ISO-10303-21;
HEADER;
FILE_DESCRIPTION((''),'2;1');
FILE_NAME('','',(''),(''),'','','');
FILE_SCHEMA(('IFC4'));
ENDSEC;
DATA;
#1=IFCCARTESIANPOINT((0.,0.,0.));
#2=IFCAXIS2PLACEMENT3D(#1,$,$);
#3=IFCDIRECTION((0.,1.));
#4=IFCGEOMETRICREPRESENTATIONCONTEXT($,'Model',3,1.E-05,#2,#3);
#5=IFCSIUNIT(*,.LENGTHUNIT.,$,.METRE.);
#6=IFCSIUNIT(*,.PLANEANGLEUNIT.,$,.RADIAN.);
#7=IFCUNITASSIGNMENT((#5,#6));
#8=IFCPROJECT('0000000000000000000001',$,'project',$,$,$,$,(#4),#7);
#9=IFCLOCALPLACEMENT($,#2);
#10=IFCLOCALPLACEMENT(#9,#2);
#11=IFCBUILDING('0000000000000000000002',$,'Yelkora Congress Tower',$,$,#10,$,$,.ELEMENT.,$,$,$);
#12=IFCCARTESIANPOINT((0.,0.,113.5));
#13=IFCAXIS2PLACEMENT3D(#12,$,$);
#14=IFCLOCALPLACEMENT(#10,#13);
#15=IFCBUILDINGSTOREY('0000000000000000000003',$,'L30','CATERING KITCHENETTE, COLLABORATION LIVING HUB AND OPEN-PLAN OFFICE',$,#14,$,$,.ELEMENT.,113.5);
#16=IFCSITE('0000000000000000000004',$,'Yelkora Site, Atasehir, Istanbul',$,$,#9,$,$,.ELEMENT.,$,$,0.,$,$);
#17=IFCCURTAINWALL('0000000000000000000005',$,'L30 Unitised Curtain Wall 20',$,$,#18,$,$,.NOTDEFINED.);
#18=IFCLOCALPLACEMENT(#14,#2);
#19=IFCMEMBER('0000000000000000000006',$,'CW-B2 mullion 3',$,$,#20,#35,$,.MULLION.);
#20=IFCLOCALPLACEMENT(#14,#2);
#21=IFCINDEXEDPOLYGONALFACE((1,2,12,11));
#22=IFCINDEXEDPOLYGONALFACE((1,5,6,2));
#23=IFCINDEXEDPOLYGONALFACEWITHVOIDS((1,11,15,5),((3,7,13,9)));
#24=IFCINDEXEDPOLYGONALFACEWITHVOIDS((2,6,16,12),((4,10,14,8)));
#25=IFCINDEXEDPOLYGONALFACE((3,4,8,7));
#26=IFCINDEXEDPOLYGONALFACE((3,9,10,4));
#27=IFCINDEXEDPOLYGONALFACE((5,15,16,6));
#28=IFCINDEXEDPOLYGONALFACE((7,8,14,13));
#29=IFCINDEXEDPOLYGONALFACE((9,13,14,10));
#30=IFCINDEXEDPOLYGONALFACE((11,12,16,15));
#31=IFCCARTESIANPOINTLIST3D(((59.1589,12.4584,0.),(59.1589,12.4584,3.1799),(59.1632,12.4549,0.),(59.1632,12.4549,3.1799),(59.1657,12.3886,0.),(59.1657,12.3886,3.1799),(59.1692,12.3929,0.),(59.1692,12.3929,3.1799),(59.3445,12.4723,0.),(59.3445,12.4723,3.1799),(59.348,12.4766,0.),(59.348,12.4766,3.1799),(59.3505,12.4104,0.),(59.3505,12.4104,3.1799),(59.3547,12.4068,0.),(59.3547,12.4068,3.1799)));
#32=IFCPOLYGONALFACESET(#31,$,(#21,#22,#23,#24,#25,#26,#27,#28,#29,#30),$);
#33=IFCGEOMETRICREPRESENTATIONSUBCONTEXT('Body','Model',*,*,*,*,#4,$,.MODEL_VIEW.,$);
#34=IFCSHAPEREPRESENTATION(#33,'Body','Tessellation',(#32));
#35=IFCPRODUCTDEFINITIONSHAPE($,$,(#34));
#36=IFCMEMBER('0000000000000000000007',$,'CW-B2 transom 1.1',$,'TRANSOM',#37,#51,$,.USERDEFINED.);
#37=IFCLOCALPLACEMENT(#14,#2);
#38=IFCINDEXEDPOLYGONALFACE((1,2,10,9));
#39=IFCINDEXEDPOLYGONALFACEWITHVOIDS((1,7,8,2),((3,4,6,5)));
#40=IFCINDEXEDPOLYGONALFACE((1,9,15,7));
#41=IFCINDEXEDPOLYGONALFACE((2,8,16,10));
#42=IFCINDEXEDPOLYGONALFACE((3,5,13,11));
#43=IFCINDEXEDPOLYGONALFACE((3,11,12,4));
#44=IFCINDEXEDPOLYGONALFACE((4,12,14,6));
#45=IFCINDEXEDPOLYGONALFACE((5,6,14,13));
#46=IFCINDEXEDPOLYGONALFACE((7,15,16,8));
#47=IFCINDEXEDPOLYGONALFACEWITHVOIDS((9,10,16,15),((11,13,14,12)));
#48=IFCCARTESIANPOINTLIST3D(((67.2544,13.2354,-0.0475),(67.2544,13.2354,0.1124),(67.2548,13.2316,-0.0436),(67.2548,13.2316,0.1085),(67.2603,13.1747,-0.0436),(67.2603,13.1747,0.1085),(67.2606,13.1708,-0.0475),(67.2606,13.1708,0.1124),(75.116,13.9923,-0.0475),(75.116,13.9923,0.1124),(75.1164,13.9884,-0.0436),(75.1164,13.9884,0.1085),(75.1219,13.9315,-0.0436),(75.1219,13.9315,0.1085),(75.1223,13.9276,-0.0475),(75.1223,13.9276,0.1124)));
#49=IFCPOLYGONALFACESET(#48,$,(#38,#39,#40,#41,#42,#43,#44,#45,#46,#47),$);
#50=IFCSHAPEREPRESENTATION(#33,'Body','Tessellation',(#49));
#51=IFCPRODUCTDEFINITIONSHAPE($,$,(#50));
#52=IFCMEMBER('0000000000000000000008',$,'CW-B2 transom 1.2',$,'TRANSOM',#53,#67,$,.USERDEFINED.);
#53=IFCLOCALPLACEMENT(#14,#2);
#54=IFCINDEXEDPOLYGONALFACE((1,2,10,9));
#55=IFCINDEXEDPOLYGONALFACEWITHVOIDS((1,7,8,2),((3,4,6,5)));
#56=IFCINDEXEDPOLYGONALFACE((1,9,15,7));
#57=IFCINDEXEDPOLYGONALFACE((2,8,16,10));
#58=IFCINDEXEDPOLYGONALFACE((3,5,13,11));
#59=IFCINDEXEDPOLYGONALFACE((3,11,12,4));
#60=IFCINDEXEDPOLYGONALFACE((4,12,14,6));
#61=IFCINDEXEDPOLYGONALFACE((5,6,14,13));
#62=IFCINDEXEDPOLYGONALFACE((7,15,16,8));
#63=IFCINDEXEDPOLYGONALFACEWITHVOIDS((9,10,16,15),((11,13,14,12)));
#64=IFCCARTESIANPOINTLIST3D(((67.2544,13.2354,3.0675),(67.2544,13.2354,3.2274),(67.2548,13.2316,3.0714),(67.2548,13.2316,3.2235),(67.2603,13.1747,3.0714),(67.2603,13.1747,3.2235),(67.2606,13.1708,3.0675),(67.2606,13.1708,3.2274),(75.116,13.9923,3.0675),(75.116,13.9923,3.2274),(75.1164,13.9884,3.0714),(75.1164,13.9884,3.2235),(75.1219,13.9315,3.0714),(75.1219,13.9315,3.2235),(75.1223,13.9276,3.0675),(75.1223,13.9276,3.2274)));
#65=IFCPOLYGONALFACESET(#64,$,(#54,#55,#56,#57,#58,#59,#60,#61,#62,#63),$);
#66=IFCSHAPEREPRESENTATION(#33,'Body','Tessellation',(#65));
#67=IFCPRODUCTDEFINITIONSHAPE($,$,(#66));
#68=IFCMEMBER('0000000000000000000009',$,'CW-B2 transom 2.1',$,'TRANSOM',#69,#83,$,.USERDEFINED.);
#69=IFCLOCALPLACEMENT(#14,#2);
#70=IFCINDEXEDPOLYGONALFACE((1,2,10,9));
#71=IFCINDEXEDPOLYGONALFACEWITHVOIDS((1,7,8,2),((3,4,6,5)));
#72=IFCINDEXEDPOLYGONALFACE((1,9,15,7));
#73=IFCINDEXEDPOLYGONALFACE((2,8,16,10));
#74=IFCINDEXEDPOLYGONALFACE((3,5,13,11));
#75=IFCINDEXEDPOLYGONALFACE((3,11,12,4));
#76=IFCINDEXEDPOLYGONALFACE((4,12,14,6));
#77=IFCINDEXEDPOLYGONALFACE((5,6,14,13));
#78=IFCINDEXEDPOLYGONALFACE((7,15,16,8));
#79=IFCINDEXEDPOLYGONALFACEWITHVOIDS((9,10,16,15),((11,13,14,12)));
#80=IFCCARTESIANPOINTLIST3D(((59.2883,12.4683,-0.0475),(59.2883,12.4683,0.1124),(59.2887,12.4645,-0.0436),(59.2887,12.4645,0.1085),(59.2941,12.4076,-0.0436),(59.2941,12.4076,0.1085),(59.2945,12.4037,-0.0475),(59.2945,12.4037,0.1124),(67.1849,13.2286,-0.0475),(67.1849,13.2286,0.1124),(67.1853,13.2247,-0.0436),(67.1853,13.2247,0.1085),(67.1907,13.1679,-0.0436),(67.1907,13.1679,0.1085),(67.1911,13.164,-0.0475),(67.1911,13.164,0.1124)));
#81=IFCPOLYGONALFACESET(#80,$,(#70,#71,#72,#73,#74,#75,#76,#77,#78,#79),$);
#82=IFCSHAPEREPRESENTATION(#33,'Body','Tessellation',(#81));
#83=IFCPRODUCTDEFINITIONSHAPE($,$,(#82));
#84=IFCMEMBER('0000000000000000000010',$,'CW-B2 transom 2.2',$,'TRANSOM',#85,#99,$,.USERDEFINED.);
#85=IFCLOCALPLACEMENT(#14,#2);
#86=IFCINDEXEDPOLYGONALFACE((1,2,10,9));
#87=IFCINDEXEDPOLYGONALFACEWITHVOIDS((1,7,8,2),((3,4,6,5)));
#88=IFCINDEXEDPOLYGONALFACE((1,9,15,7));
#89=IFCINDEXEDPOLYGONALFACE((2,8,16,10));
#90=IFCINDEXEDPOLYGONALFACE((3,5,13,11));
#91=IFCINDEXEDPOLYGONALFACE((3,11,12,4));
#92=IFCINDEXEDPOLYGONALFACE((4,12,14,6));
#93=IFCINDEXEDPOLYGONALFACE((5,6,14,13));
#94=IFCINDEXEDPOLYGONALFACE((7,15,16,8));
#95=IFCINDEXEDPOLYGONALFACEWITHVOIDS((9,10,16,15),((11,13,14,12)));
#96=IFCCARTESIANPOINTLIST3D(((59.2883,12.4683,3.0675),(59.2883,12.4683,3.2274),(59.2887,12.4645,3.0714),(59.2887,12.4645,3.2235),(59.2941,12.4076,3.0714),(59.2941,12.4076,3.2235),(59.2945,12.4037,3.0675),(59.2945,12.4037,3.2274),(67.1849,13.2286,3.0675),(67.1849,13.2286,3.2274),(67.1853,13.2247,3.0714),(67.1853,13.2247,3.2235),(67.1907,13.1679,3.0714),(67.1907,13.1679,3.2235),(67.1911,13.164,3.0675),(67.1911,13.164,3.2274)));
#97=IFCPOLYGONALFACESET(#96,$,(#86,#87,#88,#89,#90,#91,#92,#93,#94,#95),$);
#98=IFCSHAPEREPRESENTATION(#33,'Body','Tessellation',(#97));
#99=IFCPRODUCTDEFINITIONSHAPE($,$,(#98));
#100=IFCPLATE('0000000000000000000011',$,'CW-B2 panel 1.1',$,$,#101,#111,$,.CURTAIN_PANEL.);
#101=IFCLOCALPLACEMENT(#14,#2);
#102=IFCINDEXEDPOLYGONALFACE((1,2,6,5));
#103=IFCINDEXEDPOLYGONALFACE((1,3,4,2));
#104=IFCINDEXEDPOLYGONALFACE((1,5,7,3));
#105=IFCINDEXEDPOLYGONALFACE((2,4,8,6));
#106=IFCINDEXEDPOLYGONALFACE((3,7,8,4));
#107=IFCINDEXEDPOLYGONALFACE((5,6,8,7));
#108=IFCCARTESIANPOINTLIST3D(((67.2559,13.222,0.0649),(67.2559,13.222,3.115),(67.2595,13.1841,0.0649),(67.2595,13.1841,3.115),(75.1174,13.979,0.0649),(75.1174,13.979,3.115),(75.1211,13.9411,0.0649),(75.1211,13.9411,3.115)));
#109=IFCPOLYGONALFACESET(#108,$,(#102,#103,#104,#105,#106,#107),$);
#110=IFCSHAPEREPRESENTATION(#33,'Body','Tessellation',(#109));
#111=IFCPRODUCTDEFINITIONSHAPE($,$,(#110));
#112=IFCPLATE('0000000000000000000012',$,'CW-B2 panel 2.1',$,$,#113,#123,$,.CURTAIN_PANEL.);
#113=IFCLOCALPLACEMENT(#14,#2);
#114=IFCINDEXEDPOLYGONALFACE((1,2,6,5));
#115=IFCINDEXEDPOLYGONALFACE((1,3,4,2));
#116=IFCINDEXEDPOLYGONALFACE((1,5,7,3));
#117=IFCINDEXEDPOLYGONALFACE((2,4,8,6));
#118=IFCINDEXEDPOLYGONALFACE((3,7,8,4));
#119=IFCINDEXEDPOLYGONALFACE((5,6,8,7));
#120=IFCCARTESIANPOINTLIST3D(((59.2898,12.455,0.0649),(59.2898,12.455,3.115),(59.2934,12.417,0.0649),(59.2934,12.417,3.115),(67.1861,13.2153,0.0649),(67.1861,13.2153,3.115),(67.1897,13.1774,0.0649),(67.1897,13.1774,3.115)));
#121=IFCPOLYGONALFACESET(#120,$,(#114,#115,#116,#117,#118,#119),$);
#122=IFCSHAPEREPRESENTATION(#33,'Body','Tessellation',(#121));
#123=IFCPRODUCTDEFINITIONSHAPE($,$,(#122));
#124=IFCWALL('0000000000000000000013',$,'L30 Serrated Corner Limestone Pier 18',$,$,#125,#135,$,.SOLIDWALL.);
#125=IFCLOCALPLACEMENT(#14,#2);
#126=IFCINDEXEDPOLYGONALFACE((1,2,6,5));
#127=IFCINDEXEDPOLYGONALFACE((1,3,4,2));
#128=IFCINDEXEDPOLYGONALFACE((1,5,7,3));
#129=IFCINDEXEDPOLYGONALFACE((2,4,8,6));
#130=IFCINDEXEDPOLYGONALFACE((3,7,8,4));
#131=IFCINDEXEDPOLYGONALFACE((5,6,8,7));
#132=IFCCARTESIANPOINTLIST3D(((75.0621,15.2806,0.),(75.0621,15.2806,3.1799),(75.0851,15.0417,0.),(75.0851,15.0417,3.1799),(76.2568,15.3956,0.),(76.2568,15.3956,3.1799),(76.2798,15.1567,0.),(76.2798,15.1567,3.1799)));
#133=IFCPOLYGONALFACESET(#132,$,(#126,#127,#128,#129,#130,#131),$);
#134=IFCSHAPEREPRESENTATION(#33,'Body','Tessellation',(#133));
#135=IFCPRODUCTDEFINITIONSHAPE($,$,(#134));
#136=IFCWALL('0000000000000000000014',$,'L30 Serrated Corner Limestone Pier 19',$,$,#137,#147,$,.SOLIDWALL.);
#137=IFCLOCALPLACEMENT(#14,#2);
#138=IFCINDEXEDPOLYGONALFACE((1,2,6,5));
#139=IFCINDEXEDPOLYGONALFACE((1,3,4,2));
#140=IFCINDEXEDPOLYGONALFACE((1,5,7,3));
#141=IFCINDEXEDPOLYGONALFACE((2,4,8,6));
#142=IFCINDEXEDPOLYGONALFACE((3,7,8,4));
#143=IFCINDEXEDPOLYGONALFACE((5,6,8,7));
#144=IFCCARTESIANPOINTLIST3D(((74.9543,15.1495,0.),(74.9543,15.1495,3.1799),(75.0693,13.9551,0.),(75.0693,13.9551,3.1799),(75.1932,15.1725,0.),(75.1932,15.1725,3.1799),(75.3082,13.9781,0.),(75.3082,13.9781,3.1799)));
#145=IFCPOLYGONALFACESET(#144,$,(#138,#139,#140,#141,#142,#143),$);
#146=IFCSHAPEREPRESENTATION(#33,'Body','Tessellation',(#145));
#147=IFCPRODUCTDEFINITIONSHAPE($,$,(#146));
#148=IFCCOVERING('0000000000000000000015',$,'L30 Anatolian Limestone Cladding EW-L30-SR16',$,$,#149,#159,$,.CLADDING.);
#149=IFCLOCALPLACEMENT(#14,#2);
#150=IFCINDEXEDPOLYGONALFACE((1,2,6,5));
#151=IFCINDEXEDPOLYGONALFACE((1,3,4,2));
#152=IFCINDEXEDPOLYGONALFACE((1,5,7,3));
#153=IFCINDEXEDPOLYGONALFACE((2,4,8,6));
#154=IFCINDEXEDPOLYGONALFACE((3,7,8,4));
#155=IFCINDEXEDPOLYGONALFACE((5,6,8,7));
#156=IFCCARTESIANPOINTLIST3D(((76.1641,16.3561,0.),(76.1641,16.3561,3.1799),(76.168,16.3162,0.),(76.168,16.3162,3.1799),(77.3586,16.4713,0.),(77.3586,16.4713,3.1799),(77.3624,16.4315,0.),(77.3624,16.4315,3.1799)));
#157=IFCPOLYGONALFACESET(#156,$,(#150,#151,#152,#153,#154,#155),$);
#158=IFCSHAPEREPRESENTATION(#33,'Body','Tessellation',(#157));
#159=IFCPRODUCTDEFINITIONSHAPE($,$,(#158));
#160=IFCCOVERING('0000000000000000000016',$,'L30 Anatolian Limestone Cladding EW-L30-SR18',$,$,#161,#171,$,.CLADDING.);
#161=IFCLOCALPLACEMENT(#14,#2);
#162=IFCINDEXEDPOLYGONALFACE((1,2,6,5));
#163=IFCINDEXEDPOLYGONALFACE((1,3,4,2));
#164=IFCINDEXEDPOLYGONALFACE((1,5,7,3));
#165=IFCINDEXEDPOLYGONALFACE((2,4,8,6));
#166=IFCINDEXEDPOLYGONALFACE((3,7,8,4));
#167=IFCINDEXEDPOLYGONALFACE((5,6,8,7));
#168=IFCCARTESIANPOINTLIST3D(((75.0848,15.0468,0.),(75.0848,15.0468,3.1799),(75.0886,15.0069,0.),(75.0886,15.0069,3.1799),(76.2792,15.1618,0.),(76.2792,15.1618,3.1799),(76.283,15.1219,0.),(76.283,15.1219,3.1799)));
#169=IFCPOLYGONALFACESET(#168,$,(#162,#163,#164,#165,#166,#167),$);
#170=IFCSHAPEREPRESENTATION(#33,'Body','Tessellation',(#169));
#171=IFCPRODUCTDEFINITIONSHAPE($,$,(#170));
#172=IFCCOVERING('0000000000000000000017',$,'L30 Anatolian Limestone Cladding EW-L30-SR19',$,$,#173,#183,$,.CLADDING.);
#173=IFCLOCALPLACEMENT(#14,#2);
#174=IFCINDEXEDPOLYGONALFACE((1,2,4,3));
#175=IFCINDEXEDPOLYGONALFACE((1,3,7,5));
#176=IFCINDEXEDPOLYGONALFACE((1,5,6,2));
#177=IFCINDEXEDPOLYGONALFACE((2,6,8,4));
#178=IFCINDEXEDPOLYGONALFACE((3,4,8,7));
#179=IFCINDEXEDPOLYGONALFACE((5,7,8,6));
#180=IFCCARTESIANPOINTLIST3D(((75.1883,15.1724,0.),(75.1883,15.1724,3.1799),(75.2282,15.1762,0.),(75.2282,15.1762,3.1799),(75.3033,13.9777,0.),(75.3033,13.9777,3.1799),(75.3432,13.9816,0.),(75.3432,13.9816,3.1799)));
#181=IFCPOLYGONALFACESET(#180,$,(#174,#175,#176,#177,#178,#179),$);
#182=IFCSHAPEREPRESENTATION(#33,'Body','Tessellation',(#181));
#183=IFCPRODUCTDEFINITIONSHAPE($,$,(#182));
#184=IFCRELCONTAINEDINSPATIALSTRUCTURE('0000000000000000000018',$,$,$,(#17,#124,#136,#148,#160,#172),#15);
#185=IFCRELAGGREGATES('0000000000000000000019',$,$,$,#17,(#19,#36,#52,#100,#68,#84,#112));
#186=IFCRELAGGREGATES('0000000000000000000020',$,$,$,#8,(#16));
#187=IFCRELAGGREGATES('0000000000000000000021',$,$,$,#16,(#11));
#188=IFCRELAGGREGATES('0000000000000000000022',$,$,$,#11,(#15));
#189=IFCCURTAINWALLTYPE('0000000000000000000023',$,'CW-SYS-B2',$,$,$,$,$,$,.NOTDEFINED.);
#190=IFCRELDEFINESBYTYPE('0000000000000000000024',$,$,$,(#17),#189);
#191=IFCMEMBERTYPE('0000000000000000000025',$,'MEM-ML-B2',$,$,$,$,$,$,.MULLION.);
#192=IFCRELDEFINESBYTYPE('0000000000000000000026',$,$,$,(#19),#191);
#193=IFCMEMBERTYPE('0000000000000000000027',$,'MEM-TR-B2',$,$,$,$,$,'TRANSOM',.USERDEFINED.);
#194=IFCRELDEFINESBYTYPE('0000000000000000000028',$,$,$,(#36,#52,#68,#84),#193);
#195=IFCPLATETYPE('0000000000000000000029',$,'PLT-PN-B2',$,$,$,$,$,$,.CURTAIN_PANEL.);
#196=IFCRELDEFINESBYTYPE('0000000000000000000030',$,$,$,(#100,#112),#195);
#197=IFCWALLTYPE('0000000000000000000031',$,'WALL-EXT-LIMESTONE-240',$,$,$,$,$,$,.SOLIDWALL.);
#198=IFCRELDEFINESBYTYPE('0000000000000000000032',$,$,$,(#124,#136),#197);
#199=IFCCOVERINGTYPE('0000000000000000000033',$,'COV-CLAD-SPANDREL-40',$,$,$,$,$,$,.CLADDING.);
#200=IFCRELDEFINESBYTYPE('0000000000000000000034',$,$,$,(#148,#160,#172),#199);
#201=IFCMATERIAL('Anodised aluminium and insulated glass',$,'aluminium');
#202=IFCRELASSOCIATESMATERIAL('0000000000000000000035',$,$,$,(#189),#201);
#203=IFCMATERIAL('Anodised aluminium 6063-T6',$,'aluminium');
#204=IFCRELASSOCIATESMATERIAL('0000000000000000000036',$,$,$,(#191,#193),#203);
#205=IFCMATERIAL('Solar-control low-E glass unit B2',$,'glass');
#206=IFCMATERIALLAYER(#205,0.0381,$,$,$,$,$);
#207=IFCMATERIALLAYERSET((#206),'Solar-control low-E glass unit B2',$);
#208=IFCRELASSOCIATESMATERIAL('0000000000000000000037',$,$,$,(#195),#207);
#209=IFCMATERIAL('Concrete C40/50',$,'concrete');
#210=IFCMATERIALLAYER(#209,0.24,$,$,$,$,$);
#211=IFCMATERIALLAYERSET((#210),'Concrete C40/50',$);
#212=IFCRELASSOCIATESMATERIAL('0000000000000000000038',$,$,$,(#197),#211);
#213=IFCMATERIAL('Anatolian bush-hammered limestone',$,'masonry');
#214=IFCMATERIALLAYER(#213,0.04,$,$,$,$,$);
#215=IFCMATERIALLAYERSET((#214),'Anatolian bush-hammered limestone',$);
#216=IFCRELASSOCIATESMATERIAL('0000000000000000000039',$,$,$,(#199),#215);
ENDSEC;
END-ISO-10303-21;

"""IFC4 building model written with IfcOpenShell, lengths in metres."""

from ifc_helpers import new_model, si_unit, direction, frame, frame_2d, origin, origin_2d, place, context, subcontext, project, spatial, rectangle, hollow_rectangle, extrude, material, layer, layer_set, material_profile, profile_set, type_object, element, aggregate, save


model = new_model("IFC4")

# Units and contexts
model_context = context("Model", 3, precision=1e-05, world=origin(), true_north=direction((0.0, 1.0)))
body_context = subcontext(model_context, "Body", "Model", "MODEL_VIEW")
ifc_project = project(units=[si_unit("LENGTHUNIT", "METRE"), si_unit("PLANEANGLEUNIT", "RADIAN")], contexts=[model_context])

# Site, building, storey
site_placement = place(None, origin())
site = spatial("IfcSite", under=ifc_project, at=site_placement, Name="Yelkora Site, Atasehir, Istanbul", CompositionType="ELEMENT", RefElevation=0.0)
building_placement = place(site_placement, origin())
building = spatial("IfcBuilding", under=site, at=building_placement, Name="Yelkora Congress Tower", CompositionType="ELEMENT")
storey_placement = place(building_placement, frame((0.0, 0.0, 113.5)))
storey = spatial("IfcBuildingStorey", under=building, at=storey_placement, Name="L30", Description="CATERING KITCHENETTE, COLLABORATION LIVING HUB AND OPEN-PLAN OFFICE", CompositionType="ELEMENT", Elevation=113.5)

# Curtain wall, members, plates
ifc_material_1 = material(Name="Anodised aluminium and insulated glass", Category="aluminium")
curtain_wall_type = type_object("IfcCurtainWallType", Name="CW-SYS-B2", PredefinedType="NOTDEFINED", material=ifc_material_1)
curtain_wall_placement = place(storey_placement, origin())
curtain_wall = element("IfcCurtainWall", 1, at=curtain_wall_placement, inside=storey, type_object=curtain_wall_type, Name="L30 Unitised Curtain Wall 20", PredefinedType="NOTDEFINED")
ifc_material_2 = material(Name="Anodised aluminium 6063-T6", Category="aluminium")
ifc_material_profile_1 = material_profile(ifc_material_2, hollow_rectangle(XDim=0.0701, YDim=0.1899, WallThickness=0.0039, at=origin_2d()), Name="ALU 70x190x4")
ifc_profile_set_1 = profile_set([ifc_material_profile_1], Name="Anodised aluminium 6063-T6")
member_type_1 = type_object("IfcMemberType", Name="MEM-ML-B2", PredefinedType="MULLION", material=ifc_profile_set_1)
member_1_placement = place(storey_placement, frame((59.2568, 12.4326, 0.0), z_axis=(0.0, 0.0, 1.0), x_axis=(0.095844, -0.995396, 0.0)))
member_1 = element("IfcMember", 2, at=member_1_placement, type_object=member_type_1, Name="CW-B2 mullion 3", PredefinedType="MULLION", context=body_context, shape_type="SweptSolid", body=[
    extrude(hollow_rectangle(XDim=0.0701, YDim=0.1899, WallThickness=0.0039, at=origin_2d()), origin(), (0.0, 0.0, 1.0), 3.1799),
])
ifc_material_profile_2 = material_profile(ifc_material_2, hollow_rectangle(XDim=0.0649, YDim=0.1599, WallThickness=0.0039, at=origin_2d()), Name="ALU 65x160x4")
ifc_profile_set_2 = profile_set([ifc_material_profile_2], Name="Anodised aluminium 6063-T6")
member_type_2 = type_object("IfcMemberType", Name="MEM-TR-B2", ElementType="TRANSOM", PredefinedType="USERDEFINED", material=ifc_profile_set_2)
member_2_placement = place(storey_placement, frame((75.1191, 13.96, 0.0325), z_axis=(-0.995398, -0.095827, 0.0), x_axis=(0.095827, -0.995398, 0.0)))
member_2 = element("IfcMember", 3, at=member_2_placement, type_object=member_type_2, Name="CW-B2 transom 1.1", ObjectType="TRANSOM", PredefinedType="USERDEFINED", context=body_context, shape_type="SweptSolid", body=[
    extrude(hollow_rectangle(XDim=0.0649, YDim=0.1599, WallThickness=0.0039, at=origin_2d()), origin(), (0.0, 0.0, 1.0), 7.8979),
])
member_3_placement = place(storey_placement, frame((75.1191, 13.96, 3.1475), z_axis=(-0.995398, -0.095827, 0.0), x_axis=(0.095827, -0.995398, 0.0)))
member_3 = element("IfcMember", 4, at=member_3_placement, type_object=member_type_2, Name="CW-B2 transom 1.2", ObjectType="TRANSOM", PredefinedType="USERDEFINED", context=body_context, shape_type="SweptSolid", body=[
    extrude(hollow_rectangle(XDim=0.0649, YDim=0.1599, WallThickness=0.0039, at=origin_2d()), origin(), (0.0, 0.0, 1.0), 7.8979),
])
member_4_placement = place(storey_placement, frame((67.188, 13.1963, 0.0325), z_axis=(-0.995397, -0.095834, 0.0), x_axis=(0.095834, -0.995397, 0.0)))
member_4 = element("IfcMember", 5, at=member_4_placement, type_object=member_type_2, Name="CW-B2 transom 2.1", ObjectType="TRANSOM", PredefinedType="USERDEFINED", context=body_context, shape_type="SweptSolid", body=[
    extrude(hollow_rectangle(XDim=0.0649, YDim=0.1599, WallThickness=0.0039, at=origin_2d()), origin(), (0.0, 0.0, 1.0), 7.9331),
])
member_5_placement = place(storey_placement, frame((67.188, 13.1963, 3.1475), z_axis=(-0.995397, -0.095834, 0.0), x_axis=(0.095834, -0.995397, 0.0)))
member_5 = element("IfcMember", 6, at=member_5_placement, type_object=member_type_2, Name="CW-B2 transom 2.2", ObjectType="TRANSOM", PredefinedType="USERDEFINED", context=body_context, shape_type="SweptSolid", body=[
    extrude(hollow_rectangle(XDim=0.0649, YDim=0.1599, WallThickness=0.0039, at=origin_2d()), origin(), (0.0, 0.0, 1.0), 7.9331),
])
ifc_material_3 = material(Name="Solar-control low-E glass unit B2", Category="glass")
ifc_layer_1 = layer(ifc_material_3, 0.0381)
ifc_layer_set_1 = layer_set([ifc_layer_1], Name="Solar-control low-E glass unit B2")
plate_type = type_object("IfcPlateType", Name="PLT-PN-B2", PredefinedType="CURTAIN_PANEL", material=ifc_layer_set_1)
plate_1_placement = place(storey_placement, frame((71.1885, 13.5815, 0.0649), z_axis=(0.0, 0.0, 1.0), x_axis=(-0.995396, -0.095844, 0.0)))
plate_1 = element("IfcPlate", 7, at=plate_1_placement, type_object=plate_type, Name="CW-B2 panel 1.1", PredefinedType="CURTAIN_PANEL", context=body_context, shape_type="SweptSolid", body=[
    extrude(rectangle(XDim=7.8979, YDim=0.0381, at=origin_2d()), origin(), (0.0, 0.0, 1.0), 3.05),
])
plate_2_placement = place(storey_placement, frame((63.2397, 12.8162, 0.0649), z_axis=(0.0, 0.0, 1.0), x_axis=(-0.995396, -0.095844, 0.0)))
plate_2 = element("IfcPlate", 8, at=plate_2_placement, type_object=plate_type, Name="CW-B2 panel 2.1", PredefinedType="CURTAIN_PANEL", context=body_context, shape_type="SweptSolid", body=[
    extrude(rectangle(XDim=7.9329, YDim=0.0381, at=origin_2d()), origin(), (0.0, 0.0, 1.0), 3.05),
])
aggregate(curtain_wall, [member_1, member_2, member_3, plate_1, member_4, member_5, plate_2])

# Walls
ifc_material_4 = material(Name="Concrete C40/50", Category="concrete")
ifc_layer_2 = layer(ifc_material_4, 0.24)
ifc_layer_set_2 = layer_set([ifc_layer_2], Name="Concrete C40/50")
wall_type = type_object("IfcWallType", Name="WALL-EXT-LIMESTONE-240", PredefinedType="SOLIDWALL", material=ifc_layer_set_2)
wall_1_placement = place(storey_placement, frame((76.2683, 15.2761, 0.0), z_axis=(0.0, 0.0, 1.0), x_axis=(-0.995399, -0.095817, 0.0)))
element("IfcWall", 9, at=wall_1_placement, inside=storey, type_object=wall_type, Name="L30 Serrated Corner Limestone Pier 18", PredefinedType="SOLIDWALL", context=body_context, shape_type="SweptSolid", body=[
    extrude(rectangle(XDim=1.2002, YDim=0.24, at=frame_2d((0.6001, 0.0))), origin(), (0.0, 0.0, 1.0), 3.1799),
])
wall_2_placement = place(storey_placement, frame((75.0737, 15.1611, 0.0), z_axis=(0.0, 0.0, 1.0), x_axis=(0.095836, -0.995397, 0.0)))
element("IfcWall", 10, at=wall_2_placement, inside=storey, type_object=wall_type, Name="L30 Serrated Corner Limestone Pier 19", PredefinedType="SOLIDWALL", context=body_context, shape_type="SweptSolid", body=[
    extrude(rectangle(XDim=1.2, YDim=0.24, at=frame_2d((0.6001, 0.0))), origin(), (0.0, 0.0, 1.0), 3.1799),
])

# Coverings
ifc_material_5 = material(Name="Anatolian bush-hammered limestone", Category="masonry")
ifc_layer_3 = layer(ifc_material_5, 0.04)
ifc_layer_set_3 = layer_set([ifc_layer_3], Name="Anatolian bush-hammered limestone")
covering_type = type_object("IfcCoveringType", Name="COV-CLAD-SPANDREL-40", PredefinedType="CLADDING", material=ifc_layer_set_3)
for number, where, z_axis, x_axis, name in (
    (11, (77.3606, 16.4514, 0.0), (0.0, 0.0, 1.0), (-0.995378, -0.096038, 0.0), "L30 Anatolian Limestone Cladding EW-L30-SR16"),
    (12, (76.2812, 15.1418, 0.0), (0.0, 0.0, 1.0), (-0.995397, -0.095836, 0.0), "L30 Anatolian Limestone Cladding EW-L30-SR18"),
):
    element("IfcCovering", number, at=place(storey_placement, frame(where, z_axis=z_axis, x_axis=x_axis)), inside=storey, type_object=covering_type, Name=name, PredefinedType="CLADDING", context=body_context, shape_type="SweptSolid", body=[
        extrude(rectangle(XDim=1.2, YDim=0.04, at=frame_2d((0.6001, 0.0))), origin(), (0.0, 0.0, 1.0), 3.1799),
    ])
covering_placement = place(storey_placement, frame((75.2083, 15.1743, 0.0), z_axis=(0.0, 0.0, 1.0), x_axis=(0.095817, -0.995399, 0.0)))
element("IfcCovering", 13, at=covering_placement, inside=storey, type_object=covering_type, Name="L30 Anatolian Limestone Cladding EW-L30-SR19", PredefinedType="CLADDING", context=body_context, shape_type="SweptSolid", body=[
    extrude(rectangle(XDim=1.2002, YDim=0.04, at=frame_2d((0.6001, 0.0))), origin(), (0.0, 0.0, 1.0), 3.1799),
])

save(model, "model.ifc")
